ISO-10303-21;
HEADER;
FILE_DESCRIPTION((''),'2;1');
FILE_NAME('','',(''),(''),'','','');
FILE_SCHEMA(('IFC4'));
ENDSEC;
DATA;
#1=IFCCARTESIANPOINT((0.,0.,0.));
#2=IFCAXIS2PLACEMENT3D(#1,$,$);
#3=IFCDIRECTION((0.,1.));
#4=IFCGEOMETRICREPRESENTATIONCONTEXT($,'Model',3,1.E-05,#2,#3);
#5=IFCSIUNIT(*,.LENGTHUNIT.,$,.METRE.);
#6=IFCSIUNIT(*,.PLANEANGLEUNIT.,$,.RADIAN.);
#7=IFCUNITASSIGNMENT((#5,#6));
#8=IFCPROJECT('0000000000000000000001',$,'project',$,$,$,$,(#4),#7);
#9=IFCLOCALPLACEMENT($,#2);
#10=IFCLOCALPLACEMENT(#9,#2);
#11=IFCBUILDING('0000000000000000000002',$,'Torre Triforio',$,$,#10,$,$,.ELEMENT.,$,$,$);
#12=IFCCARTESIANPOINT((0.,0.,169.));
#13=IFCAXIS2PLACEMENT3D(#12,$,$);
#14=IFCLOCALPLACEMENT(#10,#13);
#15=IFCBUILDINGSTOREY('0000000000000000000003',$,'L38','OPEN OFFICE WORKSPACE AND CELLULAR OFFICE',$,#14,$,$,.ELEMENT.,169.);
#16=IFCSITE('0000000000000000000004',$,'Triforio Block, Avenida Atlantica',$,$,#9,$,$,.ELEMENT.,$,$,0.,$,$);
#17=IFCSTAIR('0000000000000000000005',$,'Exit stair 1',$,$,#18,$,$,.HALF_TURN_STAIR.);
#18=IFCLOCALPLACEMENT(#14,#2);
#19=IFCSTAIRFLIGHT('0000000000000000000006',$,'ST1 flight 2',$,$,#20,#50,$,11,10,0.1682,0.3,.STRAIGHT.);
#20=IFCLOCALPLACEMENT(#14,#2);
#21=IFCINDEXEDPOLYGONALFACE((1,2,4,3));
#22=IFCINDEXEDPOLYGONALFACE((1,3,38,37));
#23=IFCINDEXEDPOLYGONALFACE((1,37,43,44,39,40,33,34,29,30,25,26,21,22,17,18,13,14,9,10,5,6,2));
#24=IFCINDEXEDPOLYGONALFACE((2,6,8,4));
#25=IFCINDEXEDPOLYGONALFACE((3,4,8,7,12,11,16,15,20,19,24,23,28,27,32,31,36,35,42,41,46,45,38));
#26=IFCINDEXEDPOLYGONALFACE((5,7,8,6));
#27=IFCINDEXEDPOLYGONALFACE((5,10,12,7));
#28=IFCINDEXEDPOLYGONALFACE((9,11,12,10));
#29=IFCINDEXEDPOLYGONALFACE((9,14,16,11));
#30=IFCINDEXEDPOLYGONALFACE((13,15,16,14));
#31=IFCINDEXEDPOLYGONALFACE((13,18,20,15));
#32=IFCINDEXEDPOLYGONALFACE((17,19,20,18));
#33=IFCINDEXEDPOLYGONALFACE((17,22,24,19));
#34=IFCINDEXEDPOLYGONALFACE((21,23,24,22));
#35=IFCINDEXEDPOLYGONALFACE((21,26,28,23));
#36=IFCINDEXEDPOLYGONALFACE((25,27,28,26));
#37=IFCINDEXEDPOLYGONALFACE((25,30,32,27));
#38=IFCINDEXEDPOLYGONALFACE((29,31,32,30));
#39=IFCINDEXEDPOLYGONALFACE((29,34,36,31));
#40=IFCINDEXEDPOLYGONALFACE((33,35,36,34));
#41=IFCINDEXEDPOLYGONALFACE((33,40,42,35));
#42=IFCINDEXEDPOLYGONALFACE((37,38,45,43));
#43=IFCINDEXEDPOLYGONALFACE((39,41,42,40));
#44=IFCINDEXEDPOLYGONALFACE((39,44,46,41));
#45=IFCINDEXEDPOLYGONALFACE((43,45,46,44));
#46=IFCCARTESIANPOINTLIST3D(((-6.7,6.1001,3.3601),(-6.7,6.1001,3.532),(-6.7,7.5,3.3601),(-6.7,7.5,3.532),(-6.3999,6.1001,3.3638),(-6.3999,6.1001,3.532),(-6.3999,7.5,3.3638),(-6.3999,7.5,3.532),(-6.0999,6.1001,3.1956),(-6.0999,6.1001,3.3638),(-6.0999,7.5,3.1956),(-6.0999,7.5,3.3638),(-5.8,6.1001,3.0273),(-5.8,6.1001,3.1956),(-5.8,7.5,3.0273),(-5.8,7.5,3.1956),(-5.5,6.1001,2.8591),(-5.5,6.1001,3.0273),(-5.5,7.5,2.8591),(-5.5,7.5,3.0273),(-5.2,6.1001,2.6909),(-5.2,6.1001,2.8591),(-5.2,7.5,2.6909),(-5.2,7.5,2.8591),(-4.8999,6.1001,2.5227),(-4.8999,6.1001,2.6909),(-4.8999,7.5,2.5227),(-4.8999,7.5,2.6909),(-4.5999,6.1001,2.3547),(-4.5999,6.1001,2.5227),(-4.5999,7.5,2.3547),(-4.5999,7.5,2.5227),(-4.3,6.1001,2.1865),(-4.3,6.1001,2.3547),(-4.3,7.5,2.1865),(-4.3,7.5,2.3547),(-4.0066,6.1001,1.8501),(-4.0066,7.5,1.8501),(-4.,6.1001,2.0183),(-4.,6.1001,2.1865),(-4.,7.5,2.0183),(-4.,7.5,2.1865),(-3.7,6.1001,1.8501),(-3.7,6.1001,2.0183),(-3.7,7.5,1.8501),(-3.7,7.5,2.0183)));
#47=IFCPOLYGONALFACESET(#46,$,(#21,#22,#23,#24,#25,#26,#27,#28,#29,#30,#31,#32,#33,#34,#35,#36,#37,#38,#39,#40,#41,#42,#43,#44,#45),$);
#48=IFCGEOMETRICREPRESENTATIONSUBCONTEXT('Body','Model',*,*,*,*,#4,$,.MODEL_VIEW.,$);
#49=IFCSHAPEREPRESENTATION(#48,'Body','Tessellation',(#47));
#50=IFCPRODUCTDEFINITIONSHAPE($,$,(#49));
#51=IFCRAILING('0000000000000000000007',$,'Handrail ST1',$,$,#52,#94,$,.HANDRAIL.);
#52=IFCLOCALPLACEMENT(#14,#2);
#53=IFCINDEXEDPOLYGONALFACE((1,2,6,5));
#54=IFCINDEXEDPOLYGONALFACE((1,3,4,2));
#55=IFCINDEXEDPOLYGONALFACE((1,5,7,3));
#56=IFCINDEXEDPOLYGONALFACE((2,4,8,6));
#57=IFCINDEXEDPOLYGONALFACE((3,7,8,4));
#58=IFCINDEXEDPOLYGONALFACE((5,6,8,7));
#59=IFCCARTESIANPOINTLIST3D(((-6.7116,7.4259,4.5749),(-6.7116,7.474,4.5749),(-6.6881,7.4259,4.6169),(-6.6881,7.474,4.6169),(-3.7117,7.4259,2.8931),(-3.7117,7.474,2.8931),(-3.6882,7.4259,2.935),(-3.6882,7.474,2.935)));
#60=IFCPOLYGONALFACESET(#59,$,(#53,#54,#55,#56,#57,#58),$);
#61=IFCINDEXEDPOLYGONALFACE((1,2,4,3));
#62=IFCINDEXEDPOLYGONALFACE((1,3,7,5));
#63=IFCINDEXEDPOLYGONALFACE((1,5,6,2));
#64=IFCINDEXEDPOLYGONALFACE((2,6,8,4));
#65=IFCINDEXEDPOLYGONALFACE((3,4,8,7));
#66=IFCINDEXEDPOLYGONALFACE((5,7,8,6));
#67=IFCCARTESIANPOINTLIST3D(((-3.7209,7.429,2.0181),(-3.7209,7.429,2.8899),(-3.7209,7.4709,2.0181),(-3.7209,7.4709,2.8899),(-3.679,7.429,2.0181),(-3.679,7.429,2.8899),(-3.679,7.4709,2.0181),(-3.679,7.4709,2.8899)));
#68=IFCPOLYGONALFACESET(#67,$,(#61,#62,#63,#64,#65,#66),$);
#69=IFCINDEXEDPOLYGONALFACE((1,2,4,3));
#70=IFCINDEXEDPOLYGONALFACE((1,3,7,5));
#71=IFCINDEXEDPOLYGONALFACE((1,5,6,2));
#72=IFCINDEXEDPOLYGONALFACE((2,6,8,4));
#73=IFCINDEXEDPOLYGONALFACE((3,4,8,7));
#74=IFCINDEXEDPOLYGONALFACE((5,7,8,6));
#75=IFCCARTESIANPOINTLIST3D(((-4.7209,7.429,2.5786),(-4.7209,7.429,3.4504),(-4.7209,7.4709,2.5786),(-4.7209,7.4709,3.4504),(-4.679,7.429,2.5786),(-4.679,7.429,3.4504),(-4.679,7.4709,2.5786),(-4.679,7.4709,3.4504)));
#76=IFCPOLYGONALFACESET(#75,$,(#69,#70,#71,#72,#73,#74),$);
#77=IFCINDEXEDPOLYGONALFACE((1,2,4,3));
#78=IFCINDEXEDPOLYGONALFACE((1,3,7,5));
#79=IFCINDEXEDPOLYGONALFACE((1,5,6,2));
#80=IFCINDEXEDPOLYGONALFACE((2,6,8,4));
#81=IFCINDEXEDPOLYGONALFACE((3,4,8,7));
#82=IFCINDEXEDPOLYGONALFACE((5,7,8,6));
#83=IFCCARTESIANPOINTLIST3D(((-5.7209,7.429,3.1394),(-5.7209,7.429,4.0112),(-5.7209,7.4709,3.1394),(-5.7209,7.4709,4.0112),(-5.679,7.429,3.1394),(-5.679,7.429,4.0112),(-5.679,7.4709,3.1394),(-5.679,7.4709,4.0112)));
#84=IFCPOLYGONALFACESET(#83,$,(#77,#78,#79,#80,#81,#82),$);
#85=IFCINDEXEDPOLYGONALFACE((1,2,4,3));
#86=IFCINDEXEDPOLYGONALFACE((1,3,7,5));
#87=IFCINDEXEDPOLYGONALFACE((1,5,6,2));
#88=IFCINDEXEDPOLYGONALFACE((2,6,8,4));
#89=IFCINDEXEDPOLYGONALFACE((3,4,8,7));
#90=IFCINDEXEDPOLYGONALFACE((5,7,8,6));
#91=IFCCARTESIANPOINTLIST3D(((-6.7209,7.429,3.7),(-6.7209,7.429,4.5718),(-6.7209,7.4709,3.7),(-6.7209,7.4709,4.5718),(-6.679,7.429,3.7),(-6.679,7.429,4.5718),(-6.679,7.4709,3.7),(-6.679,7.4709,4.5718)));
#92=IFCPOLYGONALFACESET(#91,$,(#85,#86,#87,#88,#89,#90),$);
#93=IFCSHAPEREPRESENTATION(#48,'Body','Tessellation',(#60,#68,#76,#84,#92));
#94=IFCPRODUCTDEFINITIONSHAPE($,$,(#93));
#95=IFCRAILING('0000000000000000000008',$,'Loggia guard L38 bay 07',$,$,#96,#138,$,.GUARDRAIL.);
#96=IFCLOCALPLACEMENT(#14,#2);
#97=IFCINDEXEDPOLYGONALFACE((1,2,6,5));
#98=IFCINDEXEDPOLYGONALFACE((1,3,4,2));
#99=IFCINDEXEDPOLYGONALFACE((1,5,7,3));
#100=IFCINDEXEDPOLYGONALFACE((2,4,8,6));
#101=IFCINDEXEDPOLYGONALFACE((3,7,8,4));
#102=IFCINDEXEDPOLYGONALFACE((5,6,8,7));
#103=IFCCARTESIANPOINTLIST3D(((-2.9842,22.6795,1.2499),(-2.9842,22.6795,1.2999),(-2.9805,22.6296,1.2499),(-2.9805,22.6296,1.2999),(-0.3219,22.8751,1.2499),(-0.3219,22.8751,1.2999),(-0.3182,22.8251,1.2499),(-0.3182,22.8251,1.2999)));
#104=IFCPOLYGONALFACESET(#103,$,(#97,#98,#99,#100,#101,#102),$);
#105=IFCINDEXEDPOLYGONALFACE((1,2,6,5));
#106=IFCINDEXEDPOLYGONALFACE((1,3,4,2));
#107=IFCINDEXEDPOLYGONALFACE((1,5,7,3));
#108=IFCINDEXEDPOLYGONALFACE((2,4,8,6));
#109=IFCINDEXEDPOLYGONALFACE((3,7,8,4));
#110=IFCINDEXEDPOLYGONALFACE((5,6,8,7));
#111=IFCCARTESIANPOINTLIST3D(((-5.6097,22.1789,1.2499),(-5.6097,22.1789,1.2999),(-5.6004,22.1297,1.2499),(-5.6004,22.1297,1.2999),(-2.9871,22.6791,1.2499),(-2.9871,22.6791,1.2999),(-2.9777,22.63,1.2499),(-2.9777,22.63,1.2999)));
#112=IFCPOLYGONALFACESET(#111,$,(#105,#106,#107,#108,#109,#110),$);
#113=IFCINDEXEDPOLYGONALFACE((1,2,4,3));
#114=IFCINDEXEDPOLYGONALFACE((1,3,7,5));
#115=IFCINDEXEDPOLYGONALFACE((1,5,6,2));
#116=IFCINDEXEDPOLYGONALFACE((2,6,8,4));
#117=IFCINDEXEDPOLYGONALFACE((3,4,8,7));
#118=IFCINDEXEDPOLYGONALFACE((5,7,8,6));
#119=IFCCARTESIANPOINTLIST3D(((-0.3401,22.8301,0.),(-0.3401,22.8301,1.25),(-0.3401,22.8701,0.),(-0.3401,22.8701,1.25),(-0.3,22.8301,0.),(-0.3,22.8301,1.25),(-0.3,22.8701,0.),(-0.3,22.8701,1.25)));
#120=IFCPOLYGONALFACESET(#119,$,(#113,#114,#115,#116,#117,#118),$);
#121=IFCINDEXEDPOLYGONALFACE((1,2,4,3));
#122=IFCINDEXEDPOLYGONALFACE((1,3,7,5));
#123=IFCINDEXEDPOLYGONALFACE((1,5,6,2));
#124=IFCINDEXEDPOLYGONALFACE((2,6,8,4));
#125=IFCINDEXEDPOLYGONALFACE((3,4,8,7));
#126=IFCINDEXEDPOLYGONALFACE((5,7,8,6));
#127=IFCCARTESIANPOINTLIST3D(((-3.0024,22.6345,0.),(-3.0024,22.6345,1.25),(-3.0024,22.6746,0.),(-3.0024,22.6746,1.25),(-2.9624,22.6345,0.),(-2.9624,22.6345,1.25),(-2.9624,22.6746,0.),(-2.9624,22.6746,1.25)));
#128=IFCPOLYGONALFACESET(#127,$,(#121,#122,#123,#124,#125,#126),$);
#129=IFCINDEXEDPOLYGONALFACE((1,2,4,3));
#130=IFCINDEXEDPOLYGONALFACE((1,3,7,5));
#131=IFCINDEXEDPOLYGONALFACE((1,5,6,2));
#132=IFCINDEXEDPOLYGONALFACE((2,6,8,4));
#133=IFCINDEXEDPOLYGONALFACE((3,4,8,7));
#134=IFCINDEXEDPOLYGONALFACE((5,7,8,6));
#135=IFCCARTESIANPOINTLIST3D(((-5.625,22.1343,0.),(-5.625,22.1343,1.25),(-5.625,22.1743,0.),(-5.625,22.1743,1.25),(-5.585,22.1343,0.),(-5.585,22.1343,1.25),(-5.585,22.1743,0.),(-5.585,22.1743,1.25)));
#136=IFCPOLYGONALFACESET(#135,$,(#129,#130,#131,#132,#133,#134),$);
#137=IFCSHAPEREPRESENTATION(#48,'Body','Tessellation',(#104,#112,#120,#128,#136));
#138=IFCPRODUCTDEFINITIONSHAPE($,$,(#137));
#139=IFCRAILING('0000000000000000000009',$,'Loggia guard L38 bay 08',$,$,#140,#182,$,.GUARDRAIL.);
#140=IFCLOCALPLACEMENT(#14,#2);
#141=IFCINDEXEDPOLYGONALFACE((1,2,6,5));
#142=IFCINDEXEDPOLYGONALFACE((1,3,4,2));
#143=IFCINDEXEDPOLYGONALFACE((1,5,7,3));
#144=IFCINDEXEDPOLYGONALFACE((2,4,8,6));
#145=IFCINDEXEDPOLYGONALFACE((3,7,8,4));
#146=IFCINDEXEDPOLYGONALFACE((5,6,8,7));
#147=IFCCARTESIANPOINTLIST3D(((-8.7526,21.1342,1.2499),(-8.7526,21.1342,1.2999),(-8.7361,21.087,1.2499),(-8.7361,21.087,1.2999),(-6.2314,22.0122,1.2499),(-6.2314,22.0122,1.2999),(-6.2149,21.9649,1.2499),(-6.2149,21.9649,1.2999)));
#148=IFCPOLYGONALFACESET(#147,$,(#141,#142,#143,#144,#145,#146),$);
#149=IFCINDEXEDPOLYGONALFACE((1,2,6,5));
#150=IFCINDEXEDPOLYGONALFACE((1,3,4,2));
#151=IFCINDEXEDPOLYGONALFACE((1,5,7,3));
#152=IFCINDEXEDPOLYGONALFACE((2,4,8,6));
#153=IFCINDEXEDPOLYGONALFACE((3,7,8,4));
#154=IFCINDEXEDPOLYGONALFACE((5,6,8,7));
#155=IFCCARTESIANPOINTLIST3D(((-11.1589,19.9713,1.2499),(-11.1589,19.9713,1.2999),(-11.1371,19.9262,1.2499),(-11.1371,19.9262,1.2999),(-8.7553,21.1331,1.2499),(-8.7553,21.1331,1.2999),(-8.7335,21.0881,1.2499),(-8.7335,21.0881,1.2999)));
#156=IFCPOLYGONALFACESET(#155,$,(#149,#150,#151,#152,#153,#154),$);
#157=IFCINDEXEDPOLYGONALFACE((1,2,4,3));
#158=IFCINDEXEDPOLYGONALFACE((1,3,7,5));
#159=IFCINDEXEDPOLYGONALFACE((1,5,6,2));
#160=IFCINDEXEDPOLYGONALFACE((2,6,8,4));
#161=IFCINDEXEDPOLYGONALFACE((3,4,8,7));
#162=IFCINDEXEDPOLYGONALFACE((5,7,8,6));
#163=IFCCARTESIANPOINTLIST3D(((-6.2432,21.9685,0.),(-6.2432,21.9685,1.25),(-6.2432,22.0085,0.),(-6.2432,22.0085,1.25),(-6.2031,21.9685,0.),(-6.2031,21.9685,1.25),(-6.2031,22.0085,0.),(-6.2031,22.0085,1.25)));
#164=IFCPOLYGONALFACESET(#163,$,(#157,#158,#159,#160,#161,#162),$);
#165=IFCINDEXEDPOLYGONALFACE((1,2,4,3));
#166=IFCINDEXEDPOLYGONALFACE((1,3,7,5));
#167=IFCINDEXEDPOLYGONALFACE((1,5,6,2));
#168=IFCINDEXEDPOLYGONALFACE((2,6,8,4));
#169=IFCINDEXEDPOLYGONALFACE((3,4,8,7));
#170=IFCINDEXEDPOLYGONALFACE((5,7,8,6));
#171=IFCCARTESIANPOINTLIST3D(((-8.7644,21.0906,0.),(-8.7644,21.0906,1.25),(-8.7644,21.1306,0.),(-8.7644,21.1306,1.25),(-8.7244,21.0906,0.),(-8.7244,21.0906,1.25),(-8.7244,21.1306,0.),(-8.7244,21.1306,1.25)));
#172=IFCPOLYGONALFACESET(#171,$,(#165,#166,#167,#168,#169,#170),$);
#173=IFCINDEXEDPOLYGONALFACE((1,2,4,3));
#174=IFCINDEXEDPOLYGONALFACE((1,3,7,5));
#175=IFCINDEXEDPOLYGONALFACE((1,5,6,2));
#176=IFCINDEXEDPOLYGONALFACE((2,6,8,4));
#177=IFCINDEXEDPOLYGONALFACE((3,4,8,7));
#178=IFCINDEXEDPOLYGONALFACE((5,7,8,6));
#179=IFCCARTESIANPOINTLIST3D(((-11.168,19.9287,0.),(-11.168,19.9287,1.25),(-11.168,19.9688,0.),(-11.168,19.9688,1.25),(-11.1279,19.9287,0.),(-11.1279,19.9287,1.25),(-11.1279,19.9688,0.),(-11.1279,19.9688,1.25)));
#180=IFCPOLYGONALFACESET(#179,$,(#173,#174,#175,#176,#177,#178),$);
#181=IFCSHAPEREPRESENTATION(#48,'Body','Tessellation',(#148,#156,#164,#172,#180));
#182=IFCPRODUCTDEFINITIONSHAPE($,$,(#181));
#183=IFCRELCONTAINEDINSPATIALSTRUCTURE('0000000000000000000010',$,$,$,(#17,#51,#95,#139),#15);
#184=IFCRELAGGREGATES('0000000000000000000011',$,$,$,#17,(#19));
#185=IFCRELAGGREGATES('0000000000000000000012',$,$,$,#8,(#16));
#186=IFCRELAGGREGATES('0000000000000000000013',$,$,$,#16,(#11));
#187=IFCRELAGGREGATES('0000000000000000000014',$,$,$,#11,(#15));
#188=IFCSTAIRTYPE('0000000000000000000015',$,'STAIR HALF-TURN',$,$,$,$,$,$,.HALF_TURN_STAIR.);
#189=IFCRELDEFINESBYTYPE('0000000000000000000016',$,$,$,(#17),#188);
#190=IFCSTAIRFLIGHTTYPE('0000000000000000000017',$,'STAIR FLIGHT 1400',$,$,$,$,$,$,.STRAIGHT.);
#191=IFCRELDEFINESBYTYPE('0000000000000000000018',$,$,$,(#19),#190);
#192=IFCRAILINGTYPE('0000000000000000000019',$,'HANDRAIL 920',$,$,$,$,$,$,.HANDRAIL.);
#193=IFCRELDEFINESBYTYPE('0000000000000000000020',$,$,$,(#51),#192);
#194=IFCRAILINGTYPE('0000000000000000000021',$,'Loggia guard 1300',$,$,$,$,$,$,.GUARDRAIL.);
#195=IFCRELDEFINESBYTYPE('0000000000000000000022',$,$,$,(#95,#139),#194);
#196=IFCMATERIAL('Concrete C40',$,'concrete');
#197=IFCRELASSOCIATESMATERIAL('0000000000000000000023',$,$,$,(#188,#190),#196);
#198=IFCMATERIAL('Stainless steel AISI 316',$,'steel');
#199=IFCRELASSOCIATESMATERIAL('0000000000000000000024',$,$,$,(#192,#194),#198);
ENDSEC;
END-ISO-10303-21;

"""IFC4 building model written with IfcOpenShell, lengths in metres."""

from ifc_helpers import new_model, si_unit, direction, frame, origin, origin_2d, place, context, subcontext, project, spatial, polyline, rectangle, outline, extrude, material, type_object, element, aggregate, save


model = new_model("IFC4")

# Units and contexts
model_context = context("Model", 3, precision=1e-05, world=origin(), true_north=direction((0.0, 1.0)))
body_context = subcontext(model_context, "Body", "Model", "MODEL_VIEW")
ifc_project = project(units=[si_unit("LENGTHUNIT", "METRE"), si_unit("PLANEANGLEUNIT", "RADIAN")], contexts=[model_context])

# Site, building, storey
site_placement = place(None, origin())
site = spatial("IfcSite", under=ifc_project, at=site_placement, Name="Triforio Block, Avenida Atlantica", CompositionType="ELEMENT", RefElevation=0.0)
building_placement = place(site_placement, origin())
building = spatial("IfcBuilding", under=site, at=building_placement, Name="Torre Triforio", CompositionType="ELEMENT")
storey_placement = place(building_placement, frame((0.0, 0.0, 169.0)))
storey = spatial("IfcBuildingStorey", under=building, at=storey_placement, Name="L38", Description="OPEN OFFICE WORKSPACE AND CELLULAR OFFICE", CompositionType="ELEMENT", Elevation=169.0)

# Shared definitions
ifc_material_1 = material(Name="Concrete C40", Category="concrete")

# Stair, stair flight
stair_type = type_object("IfcStairType", Name="STAIR HALF-TURN", PredefinedType="HALF_TURN_STAIR", material=ifc_material_1)
stair_placement = place(storey_placement, origin())
stair = element("IfcStair", 1, at=stair_placement, inside=storey, type_object=stair_type, Name="Exit stair 1", PredefinedType="HALF_TURN_STAIR")
stair_flight_type = type_object("IfcStairFlightType", Name="STAIR FLIGHT 1400", PredefinedType="STRAIGHT", material=ifc_material_1)
stair_flight_placement = place(storey_placement, frame((-3.7, 6.8, 1.8501), z_axis=(0.0, 0.0, 1.0), x_axis=(-1.0, 0.0, 0.0)))
stair_flight = element("IfcStairFlight", 2, at=stair_flight_placement, type_object=stair_flight_type, Name="ST1 flight 2", NumberOfRisers=11, NumberOfTreads=10, PredefinedType="STRAIGHT", RiserHeight=0.1682, TreadLength=0.3, context=body_context, shape_type="SweptSolid", body=[
    extrude(outline(polyline([(0.0, 0.0), (0.0, 0.1682), (0.3, 0.1682), (0.3, 0.3364), (0.6001, 0.3364), (0.6001, 0.5046), (0.8999, 0.5046), (0.8999, 0.6726), (1.2, 0.6726), (1.2, 0.8408), (1.5, 0.8408), (1.5, 1.009), (1.8, 1.009), (1.8, 1.1772), (2.1001, 1.1772), (2.1001, 1.3455), (2.3999, 1.3455), (2.3999, 1.5137), (2.7, 1.5137), (2.7, 1.6819), (3.0, 1.6819), (3.0, 1.8501), (3.0, 1.51), (0.3066, 0.0), (0.0, 0.0)])), frame((0.0, 0.7, 0.0), z_axis=(0.0, -1.0, 0.0), x_axis=(1.0, 0.0, 0.0)), (0.0, 0.0, 1.0), 1.3999),
])
aggregate(stair, [stair_flight])

# Railings
ifc_material_2 = material(Name="Stainless steel AISI 316", Category="steel")
railing_type_1 = type_object("IfcRailingType", Name="HANDRAIL 920", PredefinedType="HANDRAIL", material=ifc_material_2)
railing_1_placement = place(storey_placement, frame((-3.7, 7.45, 2.0181)))
element("IfcRailing", 3, at=railing_1_placement, inside=storey, type_object=railing_type_1, Name="Handrail ST1", PredefinedType="HANDRAIL", context=body_context, shape_type="SweptSolid", body=[
    extrude(rectangle(XDim=0.0481, YDim=0.0481, at=origin_2d()), frame((0.0, 0.0, 0.896), z_axis=(-0.872272, 0.0, 0.48902), x_axis=(0.0, -1.0, 0.0)), (0.0, 0.0, 1.0), 3.4392),
    extrude(rectangle(XDim=0.042, YDim=0.042, at=origin_2d()), origin(), (0.0, 0.0, 1.0), 0.8718),
    extrude(rectangle(XDim=0.042, YDim=0.042, at=origin_2d()), frame((-1.0, 0.0, 0.5605)), (0.0, 0.0, 1.0), 0.8718),
    extrude(rectangle(XDim=0.042, YDim=0.042, at=origin_2d()), frame((-2.0, 0.0, 1.1213)), (0.0, 0.0, 1.0), 0.8718),
    extrude(rectangle(XDim=0.042, YDim=0.042, at=origin_2d()), frame((-3.0, 0.0, 1.6819)), (0.0, 0.0, 1.0), 0.8718),
])
railing_type_2 = type_object("IfcRailingType", Name="Loggia guard 1300", PredefinedType="GUARDRAIL", material=ifc_material_2)
railing_2_placement = place(storey_placement, frame((-0.3201, 22.8501, 0.0)))
element("IfcRailing", 4, at=railing_2_placement, inside=storey, type_object=railing_type_2, Name="Loggia guard L38 bay 07", PredefinedType="GUARDRAIL", context=body_context, shape_type="SweptSolid", body=[
    extrude(rectangle(XDim=0.05, YDim=0.05, at=origin_2d()), frame((0.0, 0.0, 1.2749), z_axis=(-0.997313, -0.073255, 0.0), x_axis=(0.073255, -0.997313, 0.0)), (0.0, 0.0, 1.0), 2.6694),
    extrude(rectangle(XDim=0.05, YDim=0.05, at=origin_2d()), frame((-2.6624, -0.1956, 1.2749), z_axis=(-0.98229, -0.187368, 0.0), x_axis=(0.187368, -0.98229, 0.0)), (0.0, 0.0, 1.0), 2.6699),
    extrude(rectangle(XDim=0.04, YDim=0.04, at=origin_2d()), origin(), (0.0, 0.0, 1.0), 1.25),
    extrude(rectangle(XDim=0.04, YDim=0.04, at=origin_2d()), frame((-2.6624, -0.1956, 0.0)), (0.0, 0.0, 1.0), 1.25),
    extrude(rectangle(XDim=0.04, YDim=0.04, at=origin_2d()), frame((-5.2849, -0.6958, 0.0)), (0.0, 0.0, 1.0), 1.25),
])
railing_3_placement = place(storey_placement, frame((-6.2231, 21.9885, 0.0)))
element("IfcRailing", 5, at=railing_3_placement, inside=storey, type_object=railing_type_2, Name="Loggia guard L38 bay 08", PredefinedType="GUARDRAIL", context=body_context, shape_type="SweptSolid", body=[
    extrude(rectangle(XDim=0.05, YDim=0.05, at=origin_2d()), frame((0.0, 0.0, 1.2749), z_axis=(-0.944383, -0.328847, 0.0), x_axis=(0.328847, -0.944383, 0.0)), (0.0, 0.0, 1.0), 2.6697),
    extrude(rectangle(XDim=0.05, YDim=0.05, at=origin_2d()), frame((-2.5212, -0.8779, 1.2749), z_axis=(-0.900328, -0.435212, 0.0), x_axis=(0.435212, -0.900328, 0.0)), (0.0, 0.0, 1.0), 2.6697),
    extrude(rectangle(XDim=0.04, YDim=0.04, at=origin_2d()), origin(), (0.0, 0.0, 1.0), 1.25),
    extrude(rectangle(XDim=0.04, YDim=0.04, at=origin_2d()), frame((-2.5212, -0.8779, 0.0)), (0.0, 0.0, 1.0), 1.25),
    extrude(rectangle(XDim=0.04, YDim=0.04, at=origin_2d()), frame((-4.9248, -2.0398, 0.0)), (0.0, 0.0, 1.0), 1.25),
])

save(model, "model.ifc")
